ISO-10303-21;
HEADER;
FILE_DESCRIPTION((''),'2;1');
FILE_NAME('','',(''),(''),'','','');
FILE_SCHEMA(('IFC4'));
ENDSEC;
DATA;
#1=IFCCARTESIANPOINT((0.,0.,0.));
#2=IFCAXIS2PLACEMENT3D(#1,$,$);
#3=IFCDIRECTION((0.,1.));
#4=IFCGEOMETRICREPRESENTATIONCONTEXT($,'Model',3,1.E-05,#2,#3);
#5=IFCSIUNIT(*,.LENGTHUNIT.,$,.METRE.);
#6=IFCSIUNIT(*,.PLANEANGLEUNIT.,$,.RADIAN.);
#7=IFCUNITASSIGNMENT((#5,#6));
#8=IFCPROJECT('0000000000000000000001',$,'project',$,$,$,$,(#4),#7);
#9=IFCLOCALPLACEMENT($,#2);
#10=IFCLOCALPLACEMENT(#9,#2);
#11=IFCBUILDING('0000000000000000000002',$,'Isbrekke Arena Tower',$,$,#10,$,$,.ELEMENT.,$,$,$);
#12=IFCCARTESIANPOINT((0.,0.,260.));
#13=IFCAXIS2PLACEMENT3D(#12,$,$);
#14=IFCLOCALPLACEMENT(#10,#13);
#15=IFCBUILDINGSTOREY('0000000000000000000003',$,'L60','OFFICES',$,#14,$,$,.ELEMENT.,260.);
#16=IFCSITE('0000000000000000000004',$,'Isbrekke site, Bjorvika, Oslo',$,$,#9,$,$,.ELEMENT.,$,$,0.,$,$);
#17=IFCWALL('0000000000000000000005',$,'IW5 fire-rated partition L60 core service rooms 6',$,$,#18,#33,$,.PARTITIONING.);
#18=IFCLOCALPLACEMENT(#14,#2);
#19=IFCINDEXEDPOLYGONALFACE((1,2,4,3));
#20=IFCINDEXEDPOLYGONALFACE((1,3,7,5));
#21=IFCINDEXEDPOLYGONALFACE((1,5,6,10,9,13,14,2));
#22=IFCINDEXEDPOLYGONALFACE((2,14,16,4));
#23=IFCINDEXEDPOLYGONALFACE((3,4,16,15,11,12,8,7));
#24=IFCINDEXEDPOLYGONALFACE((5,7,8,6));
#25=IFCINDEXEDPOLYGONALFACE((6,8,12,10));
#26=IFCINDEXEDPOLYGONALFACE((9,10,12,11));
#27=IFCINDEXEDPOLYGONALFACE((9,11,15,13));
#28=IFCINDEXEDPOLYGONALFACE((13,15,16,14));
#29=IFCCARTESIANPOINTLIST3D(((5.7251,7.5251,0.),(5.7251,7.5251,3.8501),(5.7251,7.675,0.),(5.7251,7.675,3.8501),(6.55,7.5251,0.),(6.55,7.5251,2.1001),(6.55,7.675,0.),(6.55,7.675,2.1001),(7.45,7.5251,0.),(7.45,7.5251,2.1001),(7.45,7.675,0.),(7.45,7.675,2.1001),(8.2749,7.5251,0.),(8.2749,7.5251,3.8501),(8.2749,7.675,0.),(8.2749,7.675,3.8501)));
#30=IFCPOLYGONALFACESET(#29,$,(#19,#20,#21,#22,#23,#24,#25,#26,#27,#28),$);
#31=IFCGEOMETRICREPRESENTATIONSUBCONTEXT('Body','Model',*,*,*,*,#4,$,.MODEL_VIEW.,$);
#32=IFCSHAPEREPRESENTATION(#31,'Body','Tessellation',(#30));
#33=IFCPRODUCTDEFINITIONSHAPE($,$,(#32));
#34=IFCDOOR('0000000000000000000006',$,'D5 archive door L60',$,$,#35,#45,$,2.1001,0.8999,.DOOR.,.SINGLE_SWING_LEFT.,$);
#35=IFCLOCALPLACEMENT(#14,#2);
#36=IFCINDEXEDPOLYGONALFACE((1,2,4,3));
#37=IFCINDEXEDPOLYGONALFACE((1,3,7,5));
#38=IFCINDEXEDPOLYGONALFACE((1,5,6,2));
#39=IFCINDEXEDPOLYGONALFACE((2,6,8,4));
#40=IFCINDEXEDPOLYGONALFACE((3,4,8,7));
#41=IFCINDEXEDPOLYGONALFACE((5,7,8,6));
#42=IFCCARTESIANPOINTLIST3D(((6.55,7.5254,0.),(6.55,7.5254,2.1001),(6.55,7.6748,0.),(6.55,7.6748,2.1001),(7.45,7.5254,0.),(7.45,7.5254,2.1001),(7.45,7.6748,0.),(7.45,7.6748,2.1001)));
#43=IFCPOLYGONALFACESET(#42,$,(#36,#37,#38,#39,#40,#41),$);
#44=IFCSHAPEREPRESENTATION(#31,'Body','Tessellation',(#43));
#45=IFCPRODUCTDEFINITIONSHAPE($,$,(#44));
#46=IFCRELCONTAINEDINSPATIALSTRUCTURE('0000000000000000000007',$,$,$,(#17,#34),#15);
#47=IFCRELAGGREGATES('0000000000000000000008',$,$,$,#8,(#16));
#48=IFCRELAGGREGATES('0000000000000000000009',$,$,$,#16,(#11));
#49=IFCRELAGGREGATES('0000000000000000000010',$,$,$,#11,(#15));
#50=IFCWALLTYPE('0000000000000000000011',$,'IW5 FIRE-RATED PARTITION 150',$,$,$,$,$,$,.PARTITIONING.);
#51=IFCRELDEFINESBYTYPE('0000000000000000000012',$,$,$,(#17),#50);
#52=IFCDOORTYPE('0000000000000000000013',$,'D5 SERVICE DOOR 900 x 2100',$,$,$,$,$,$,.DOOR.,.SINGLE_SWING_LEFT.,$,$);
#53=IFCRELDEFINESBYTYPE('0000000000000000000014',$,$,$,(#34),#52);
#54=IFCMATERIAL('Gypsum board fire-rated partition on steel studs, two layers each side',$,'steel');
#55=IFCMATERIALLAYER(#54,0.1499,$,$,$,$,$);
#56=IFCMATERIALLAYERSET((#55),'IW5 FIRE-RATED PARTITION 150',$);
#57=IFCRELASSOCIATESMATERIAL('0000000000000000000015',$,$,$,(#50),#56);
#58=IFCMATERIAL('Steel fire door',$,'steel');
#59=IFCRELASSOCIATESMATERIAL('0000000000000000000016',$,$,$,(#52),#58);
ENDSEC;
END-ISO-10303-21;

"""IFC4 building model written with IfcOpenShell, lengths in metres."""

from ifc_helpers import new_model, si_unit, direction, frame, frame_2d, origin, place, context, subcontext, project, spatial, rectangle, extrude, material, layer, layer_set, type_object, element, fill, save


model = new_model("IFC4")

# Units and contexts
model_context = context("Model", 3, precision=1e-05, world=origin(), true_north=direction((0.0, 1.0)))
body_context = subcontext(model_context, "Body", "Model", "MODEL_VIEW")
ifc_project = project(units=[si_unit("LENGTHUNIT", "METRE"), si_unit("PLANEANGLEUNIT", "RADIAN")], contexts=[model_context])

# Site, building, storey
site_placement = place(None, origin())
site = spatial("IfcSite", under=ifc_project, at=site_placement, Name="Isbrekke site, Bjorvika, Oslo", CompositionType="ELEMENT", RefElevation=0.0)
building_placement = place(site_placement, origin())
building = spatial("IfcBuilding", under=site, at=building_placement, Name="Isbrekke Arena Tower", CompositionType="ELEMENT")
storey_placement = place(building_placement, frame((0.0, 0.0, 260.0)))
storey = spatial("IfcBuildingStorey", under=building, at=storey_placement, Name="L60", Description="OFFICES", CompositionType="ELEMENT", Elevation=260.0)

# Shared definitions
ifc_material_1 = material(Name="Gypsum board fire-rated partition on steel studs, two layers each side", Category="steel")
ifc_layer_1 = layer(ifc_material_1, 0.1499)
ifc_layer_set_1 = layer_set([ifc_layer_1], Name="IW5 FIRE-RATED PARTITION 150")
wall_type_1 = type_object("IfcWallType", Name="IW5 FIRE-RATED PARTITION 150", PredefinedType="PARTITIONING", material=ifc_layer_set_1)
ifc_material_2 = material(Name="Steel fire door", Category="steel")
door_type_1 = type_object("IfcDoorType", Name="D5 SERVICE DOOR 900 x 2100", OperationType="SINGLE_SWING_LEFT", PredefinedType="DOOR", material=ifc_material_2)

# Wall, opening, door
wall_1_placement = place(storey_placement, frame((5.7251, 7.6001, 0.0), z_axis=(0.0, 0.0, 1.0), x_axis=(1.0, 0.0, 0.0)))
wall_1 = element("IfcWall", 1, at=wall_1_placement, inside=storey, type_object=wall_type_1, Name="IW5 fire-rated partition L60 core service rooms 6", PredefinedType="PARTITIONING", context=body_context, shape_type="SweptSolid", body=[
    extrude(rectangle(XDim=2.5498, YDim=0.1499, at=frame_2d((1.2749, 0.0))), origin(), (0.0, 0.0, 1.0), 3.8501),
])
opening_1_placement = place(wall_1_placement, frame((0.825, 0.0, 0.0)))
opening_1 = element("IfcOpeningElement", 2, at=opening_1_placement, cuts=wall_1, PredefinedType="OPENING", context=body_context, shape_type="SweptSolid", body=[
    extrude(rectangle(XDim=0.8999, YDim=2.1001, at=frame_2d((0.45, 1.05))), frame((0.0, 0.0898, 0.0), z_axis=(0.0, -1.0, 0.0), x_axis=(1.0, 0.0, 0.0)), (0.0, 0.0, 1.0), 0.1797),
])
door_1_placement = place(opening_1_placement, origin())
door_1 = element("IfcDoor", 3, at=door_1_placement, inside=storey, type_object=door_type_1, Name="D5 archive door L60", OperationType="SINGLE_SWING_LEFT", OverallHeight=2.1001, OverallWidth=0.8999, PredefinedType="DOOR", context=body_context, shape_type="SweptSolid", body=[
    extrude(rectangle(XDim=0.8999, YDim=2.1001, at=frame_2d((0.45, 1.05))), frame((0.0, 0.0747, 0.0), z_axis=(0.0, -1.0, 0.0), x_axis=(1.0, 0.0, 0.0)), (0.0, 0.0, 1.0), 0.1494),
])
fill(opening_1, door_1)

save(model, "model.ifc")
